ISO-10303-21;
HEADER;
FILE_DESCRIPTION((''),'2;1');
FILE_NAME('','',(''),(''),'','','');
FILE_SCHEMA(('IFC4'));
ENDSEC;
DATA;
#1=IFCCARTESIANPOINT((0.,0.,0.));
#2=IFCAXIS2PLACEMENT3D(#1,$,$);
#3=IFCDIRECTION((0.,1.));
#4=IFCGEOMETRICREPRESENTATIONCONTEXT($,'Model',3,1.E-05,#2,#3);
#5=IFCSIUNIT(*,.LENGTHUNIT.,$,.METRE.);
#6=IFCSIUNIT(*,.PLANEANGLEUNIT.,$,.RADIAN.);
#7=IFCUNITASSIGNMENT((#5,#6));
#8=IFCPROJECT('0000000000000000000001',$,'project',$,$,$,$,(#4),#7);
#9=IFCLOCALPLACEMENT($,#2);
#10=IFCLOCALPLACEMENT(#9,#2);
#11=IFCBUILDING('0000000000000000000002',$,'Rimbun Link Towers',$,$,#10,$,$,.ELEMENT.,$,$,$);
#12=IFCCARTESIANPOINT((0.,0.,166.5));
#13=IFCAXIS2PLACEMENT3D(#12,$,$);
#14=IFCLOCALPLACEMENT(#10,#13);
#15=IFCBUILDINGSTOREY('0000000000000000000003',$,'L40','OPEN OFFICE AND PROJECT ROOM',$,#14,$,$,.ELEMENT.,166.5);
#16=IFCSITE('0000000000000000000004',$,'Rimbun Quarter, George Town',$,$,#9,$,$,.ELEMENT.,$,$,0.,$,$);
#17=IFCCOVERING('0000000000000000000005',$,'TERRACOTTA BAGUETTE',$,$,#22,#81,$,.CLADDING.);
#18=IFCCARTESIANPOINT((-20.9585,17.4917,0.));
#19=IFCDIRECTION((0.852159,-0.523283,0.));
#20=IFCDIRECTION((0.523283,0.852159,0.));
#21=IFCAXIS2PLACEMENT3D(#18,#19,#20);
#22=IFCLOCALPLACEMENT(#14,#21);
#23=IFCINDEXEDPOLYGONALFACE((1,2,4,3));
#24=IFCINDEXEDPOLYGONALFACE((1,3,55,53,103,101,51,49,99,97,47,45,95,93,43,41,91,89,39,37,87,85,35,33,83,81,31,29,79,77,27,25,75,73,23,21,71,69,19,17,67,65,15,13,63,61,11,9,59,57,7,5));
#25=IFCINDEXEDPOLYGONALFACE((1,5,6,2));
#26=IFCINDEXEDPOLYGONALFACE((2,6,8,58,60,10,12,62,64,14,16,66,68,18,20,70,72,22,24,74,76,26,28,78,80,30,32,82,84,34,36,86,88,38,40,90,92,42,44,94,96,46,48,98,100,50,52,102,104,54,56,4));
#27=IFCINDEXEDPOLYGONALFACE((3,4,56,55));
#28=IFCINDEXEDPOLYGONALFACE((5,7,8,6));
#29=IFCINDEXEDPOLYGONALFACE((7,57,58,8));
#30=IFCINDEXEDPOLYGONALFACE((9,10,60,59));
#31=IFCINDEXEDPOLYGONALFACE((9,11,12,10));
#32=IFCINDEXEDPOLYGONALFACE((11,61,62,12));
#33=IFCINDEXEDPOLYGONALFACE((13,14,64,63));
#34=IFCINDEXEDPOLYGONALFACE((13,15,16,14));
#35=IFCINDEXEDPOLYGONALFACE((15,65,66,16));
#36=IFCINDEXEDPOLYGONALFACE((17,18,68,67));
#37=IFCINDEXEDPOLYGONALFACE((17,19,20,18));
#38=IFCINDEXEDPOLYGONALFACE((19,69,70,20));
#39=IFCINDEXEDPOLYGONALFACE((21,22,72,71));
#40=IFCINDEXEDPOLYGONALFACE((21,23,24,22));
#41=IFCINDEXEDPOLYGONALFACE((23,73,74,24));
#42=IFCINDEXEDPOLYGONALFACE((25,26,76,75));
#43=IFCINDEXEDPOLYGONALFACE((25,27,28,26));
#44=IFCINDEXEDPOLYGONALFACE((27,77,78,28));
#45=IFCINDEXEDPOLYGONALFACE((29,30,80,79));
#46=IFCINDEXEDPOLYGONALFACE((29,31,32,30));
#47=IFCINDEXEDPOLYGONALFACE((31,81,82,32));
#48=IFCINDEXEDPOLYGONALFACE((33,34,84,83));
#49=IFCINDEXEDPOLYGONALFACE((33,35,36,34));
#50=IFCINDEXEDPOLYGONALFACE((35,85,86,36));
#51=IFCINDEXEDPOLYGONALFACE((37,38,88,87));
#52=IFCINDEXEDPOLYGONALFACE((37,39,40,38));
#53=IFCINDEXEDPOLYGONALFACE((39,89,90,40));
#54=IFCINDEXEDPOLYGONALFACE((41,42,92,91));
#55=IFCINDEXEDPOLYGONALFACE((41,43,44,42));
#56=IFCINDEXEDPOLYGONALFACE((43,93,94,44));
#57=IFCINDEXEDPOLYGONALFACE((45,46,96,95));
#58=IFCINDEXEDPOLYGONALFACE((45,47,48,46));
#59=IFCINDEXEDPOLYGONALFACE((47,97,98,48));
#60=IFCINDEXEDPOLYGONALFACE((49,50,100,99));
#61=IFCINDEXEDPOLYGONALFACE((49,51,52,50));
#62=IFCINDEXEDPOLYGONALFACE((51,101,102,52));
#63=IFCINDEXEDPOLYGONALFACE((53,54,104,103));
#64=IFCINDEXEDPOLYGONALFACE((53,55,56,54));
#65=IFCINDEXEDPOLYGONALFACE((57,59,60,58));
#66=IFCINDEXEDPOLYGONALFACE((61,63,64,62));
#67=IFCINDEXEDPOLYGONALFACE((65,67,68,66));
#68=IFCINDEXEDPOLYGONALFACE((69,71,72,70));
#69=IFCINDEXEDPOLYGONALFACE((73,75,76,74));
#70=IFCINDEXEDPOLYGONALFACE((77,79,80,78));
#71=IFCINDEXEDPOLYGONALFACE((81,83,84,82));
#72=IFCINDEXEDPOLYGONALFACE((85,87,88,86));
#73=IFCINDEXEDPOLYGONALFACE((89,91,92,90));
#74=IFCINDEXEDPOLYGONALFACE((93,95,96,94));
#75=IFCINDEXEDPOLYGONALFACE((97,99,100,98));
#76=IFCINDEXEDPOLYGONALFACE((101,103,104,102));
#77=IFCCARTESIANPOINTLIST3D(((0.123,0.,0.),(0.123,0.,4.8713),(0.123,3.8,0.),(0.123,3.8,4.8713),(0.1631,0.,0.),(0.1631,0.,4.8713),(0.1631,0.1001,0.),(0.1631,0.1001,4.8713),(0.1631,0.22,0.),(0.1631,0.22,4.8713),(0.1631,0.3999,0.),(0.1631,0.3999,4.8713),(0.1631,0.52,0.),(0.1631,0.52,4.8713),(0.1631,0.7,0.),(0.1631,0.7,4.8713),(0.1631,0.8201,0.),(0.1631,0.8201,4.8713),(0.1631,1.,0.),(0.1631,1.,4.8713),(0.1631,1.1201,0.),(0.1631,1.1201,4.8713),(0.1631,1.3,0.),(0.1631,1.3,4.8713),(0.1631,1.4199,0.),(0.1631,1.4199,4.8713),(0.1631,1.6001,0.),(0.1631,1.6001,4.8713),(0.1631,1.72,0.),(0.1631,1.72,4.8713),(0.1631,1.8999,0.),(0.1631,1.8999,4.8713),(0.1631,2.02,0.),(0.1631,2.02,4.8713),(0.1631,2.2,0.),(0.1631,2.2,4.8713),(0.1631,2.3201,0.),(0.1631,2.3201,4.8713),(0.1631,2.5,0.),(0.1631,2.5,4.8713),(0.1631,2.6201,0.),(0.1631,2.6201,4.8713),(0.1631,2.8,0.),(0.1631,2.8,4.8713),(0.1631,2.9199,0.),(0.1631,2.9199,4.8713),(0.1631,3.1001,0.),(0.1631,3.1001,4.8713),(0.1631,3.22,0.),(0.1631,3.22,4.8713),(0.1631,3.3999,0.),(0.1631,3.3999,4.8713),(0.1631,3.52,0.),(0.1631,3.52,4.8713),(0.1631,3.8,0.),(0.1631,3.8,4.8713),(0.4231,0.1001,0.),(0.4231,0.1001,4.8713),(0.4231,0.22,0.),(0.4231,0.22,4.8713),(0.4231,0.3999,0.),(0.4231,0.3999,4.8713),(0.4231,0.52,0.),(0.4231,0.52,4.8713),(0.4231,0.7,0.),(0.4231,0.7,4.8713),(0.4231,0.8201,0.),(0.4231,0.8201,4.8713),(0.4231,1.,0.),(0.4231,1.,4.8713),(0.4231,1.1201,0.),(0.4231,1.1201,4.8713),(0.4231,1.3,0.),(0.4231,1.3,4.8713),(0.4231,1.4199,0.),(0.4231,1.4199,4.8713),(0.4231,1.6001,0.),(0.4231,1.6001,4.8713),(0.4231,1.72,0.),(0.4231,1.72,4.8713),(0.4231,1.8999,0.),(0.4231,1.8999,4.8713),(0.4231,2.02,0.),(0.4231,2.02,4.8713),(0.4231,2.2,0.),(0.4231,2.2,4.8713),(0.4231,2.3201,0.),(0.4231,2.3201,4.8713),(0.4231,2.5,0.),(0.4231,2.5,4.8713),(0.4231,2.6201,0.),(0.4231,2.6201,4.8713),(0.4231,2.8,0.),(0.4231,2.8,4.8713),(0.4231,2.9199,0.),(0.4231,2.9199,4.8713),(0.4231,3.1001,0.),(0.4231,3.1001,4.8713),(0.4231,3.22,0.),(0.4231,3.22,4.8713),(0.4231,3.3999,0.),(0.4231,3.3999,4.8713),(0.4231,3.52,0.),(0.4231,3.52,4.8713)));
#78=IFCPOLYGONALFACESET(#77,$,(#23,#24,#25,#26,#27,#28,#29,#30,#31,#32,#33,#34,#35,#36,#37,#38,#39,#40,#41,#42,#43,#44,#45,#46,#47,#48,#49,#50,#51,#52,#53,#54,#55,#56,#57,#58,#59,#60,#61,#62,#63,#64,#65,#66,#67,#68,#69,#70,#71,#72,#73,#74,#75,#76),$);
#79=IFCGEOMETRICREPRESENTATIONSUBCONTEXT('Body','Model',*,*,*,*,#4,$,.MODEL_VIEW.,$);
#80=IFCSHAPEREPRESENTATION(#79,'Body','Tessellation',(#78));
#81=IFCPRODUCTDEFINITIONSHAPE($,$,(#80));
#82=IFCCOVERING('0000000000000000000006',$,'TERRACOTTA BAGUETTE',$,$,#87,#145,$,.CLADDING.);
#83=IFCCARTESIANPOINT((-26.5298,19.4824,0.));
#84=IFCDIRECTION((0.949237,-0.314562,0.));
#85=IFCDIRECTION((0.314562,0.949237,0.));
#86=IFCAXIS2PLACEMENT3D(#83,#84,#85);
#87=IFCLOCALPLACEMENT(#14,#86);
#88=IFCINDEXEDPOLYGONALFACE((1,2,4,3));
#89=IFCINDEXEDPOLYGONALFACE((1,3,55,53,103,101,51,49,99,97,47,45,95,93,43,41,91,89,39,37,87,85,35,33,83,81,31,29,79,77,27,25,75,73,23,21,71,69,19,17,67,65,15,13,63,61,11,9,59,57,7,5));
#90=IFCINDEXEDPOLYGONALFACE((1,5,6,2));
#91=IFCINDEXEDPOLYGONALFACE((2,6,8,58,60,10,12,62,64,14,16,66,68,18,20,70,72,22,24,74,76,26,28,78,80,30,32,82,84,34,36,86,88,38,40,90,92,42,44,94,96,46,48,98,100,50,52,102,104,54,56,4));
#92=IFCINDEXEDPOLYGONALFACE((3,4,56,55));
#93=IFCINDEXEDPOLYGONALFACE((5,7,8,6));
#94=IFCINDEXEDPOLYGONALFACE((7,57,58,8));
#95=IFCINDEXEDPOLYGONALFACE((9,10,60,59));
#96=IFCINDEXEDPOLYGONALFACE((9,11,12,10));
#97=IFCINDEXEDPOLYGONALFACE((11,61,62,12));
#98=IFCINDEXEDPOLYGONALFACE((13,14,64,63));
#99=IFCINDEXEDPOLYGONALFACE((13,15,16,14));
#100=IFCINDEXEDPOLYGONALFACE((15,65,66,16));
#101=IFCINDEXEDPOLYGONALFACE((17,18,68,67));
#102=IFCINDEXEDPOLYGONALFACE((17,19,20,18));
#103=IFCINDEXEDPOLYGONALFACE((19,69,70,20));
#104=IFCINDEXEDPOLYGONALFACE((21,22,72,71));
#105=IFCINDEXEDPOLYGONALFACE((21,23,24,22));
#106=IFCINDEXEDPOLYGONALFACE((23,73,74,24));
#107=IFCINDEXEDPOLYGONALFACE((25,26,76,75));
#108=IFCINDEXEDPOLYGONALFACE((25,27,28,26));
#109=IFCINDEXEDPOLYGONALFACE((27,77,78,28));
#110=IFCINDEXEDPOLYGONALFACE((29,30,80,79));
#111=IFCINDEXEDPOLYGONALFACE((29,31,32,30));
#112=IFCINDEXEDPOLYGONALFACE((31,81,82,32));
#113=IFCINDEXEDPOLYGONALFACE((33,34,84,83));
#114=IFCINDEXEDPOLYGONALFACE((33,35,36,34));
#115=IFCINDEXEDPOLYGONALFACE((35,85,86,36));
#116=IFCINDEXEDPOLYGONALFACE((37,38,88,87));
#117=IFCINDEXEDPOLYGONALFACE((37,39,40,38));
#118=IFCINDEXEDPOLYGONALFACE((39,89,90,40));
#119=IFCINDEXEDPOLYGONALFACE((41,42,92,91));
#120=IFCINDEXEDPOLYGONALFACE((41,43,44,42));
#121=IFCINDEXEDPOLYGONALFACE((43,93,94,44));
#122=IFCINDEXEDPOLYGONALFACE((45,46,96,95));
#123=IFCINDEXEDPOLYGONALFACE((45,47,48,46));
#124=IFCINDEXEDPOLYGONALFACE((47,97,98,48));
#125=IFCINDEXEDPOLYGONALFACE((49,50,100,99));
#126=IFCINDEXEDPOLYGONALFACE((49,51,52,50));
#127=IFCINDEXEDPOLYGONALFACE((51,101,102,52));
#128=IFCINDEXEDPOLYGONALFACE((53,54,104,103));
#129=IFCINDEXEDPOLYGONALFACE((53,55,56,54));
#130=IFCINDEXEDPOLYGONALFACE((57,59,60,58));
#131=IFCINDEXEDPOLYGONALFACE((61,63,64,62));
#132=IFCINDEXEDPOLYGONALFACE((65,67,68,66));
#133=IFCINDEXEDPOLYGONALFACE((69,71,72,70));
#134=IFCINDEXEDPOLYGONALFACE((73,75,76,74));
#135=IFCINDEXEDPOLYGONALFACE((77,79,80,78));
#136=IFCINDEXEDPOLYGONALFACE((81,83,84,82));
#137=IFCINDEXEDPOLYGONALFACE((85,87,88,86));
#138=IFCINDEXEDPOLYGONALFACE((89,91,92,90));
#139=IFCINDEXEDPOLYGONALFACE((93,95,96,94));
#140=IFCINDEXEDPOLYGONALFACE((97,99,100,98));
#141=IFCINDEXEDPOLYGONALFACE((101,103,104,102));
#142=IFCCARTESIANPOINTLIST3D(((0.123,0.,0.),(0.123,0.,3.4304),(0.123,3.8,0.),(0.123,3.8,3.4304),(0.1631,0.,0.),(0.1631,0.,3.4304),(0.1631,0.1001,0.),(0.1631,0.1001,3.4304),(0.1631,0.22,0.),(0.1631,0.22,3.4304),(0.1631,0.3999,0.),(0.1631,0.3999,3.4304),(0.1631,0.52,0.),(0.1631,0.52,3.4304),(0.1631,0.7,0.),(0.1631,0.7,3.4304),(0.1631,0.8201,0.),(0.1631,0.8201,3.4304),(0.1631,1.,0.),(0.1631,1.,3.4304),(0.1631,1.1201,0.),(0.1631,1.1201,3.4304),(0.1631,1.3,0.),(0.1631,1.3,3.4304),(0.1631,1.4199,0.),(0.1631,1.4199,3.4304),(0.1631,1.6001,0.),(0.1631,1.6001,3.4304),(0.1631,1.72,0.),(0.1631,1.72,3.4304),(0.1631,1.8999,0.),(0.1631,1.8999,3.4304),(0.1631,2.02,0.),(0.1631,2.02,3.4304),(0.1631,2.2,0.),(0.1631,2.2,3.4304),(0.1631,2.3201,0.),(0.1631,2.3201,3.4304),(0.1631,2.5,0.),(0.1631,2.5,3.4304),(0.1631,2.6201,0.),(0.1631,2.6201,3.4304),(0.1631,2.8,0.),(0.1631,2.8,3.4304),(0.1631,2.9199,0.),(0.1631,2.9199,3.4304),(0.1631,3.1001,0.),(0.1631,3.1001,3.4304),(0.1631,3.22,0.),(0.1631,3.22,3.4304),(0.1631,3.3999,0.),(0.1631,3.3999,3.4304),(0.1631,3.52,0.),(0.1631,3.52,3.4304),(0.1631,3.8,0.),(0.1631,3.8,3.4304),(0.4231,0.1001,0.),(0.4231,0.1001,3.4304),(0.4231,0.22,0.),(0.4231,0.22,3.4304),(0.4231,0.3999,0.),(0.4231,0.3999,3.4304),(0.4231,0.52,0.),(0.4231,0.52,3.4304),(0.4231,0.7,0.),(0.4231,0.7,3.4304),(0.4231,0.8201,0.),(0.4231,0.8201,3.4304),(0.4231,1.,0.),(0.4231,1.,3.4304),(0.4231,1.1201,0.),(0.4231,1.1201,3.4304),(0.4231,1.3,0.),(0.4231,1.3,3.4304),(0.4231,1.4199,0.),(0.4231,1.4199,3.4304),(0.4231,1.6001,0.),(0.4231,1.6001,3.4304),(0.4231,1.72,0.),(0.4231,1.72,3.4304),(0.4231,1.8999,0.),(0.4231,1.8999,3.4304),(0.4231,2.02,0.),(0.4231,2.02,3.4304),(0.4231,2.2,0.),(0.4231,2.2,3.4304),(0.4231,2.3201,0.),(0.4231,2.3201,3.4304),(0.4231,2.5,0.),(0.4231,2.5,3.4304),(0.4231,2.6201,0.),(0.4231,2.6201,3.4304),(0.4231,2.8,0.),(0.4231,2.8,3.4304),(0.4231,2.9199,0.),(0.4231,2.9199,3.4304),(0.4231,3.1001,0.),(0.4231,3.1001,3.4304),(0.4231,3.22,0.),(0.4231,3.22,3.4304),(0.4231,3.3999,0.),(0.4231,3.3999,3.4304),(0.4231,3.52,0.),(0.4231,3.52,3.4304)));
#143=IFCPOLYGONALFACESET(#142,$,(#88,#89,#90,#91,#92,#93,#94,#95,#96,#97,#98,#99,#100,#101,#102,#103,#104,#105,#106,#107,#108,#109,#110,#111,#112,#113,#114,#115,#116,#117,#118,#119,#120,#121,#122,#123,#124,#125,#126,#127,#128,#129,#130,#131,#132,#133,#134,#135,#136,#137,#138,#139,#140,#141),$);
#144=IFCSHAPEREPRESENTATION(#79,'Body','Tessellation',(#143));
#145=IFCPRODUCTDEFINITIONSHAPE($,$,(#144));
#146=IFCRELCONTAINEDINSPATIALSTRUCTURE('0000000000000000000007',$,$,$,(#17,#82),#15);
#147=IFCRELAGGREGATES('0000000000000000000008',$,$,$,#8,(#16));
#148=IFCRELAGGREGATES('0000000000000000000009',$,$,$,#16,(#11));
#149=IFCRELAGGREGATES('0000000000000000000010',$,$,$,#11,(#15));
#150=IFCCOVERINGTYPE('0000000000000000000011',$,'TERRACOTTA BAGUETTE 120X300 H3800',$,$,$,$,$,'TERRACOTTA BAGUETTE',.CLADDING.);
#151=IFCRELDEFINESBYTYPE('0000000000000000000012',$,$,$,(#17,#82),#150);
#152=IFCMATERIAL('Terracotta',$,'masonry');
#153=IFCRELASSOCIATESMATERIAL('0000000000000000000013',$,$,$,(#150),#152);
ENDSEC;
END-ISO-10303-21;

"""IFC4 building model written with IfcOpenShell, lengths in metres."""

from ifc_helpers import new_model, si_unit, direction, frame, origin, place, context, subcontext, project, spatial, polyline, outline, extrude, material, material_profile, profile_set, type_object, element, save


model = new_model("IFC4")

# Units and contexts
model_context = context("Model", 3, precision=1e-05, world=origin(), true_north=direction((0.0, 1.0)))
body_context = subcontext(model_context, "Body", "Model", "MODEL_VIEW")
ifc_project = project(units=[si_unit("LENGTHUNIT", "METRE"), si_unit("PLANEANGLEUNIT", "RADIAN")], contexts=[model_context])

# Site, building, storey
site_placement = place(None, origin())
site = spatial("IfcSite", under=ifc_project, at=site_placement, Name="Rimbun Quarter, George Town", CompositionType="ELEMENT", RefElevation=0.0)
building_placement = place(site_placement, origin())
building = spatial("IfcBuilding", under=site, at=building_placement, Name="Rimbun Link Towers", CompositionType="ELEMENT")
storey_placement = place(building_placement, frame((0.0, 0.0, 166.5)))
storey = spatial("IfcBuildingStorey", under=building, at=storey_placement, Name="L40", Description="OPEN OFFICE AND PROJECT ROOM", CompositionType="ELEMENT", Elevation=166.5)

# Coverings
ifc_material_1 = material(Name="Terracotta", Category="masonry")
ifc_material_profile_1 = material_profile(ifc_material_1, outline(polyline([(0.123, 0.0), (0.1631, 0.0), (0.1631, 0.1001), (0.4231, 0.1001), (0.4231, 0.22), (0.1631, 0.22), (0.1631, 0.3999), (0.4231, 0.3999), (0.4231, 0.52), (0.1631, 0.52), (0.1631, 0.7), (0.4231, 0.7), (0.4231, 0.8201), (0.1631, 0.8201), (0.1631, 1.0), (0.4231, 1.0), (0.4231, 1.1201), (0.1631, 1.1201), (0.1631, 1.3), (0.4231, 1.3), (0.4231, 1.4199), (0.1631, 1.4199), (0.1631, 1.6001), (0.4231, 1.6001), (0.4231, 1.72), (0.1631, 1.72), (0.1631, 1.8999), (0.4231, 1.8999), (0.4231, 2.02), (0.1631, 2.02), (0.1631, 2.2), (0.4231, 2.2), (0.4231, 2.3201), (0.1631, 2.3201), (0.1631, 2.5), (0.4231, 2.5), (0.4231, 2.6201), (0.1631, 2.6201), (0.1631, 2.8), (0.4231, 2.8), (0.4231, 2.9199), (0.1631, 2.9199), (0.1631, 3.1001), (0.4231, 3.1001), (0.4231, 3.22), (0.1631, 3.22), (0.1631, 3.3999), (0.4231, 3.3999), (0.4231, 3.52), (0.1631, 3.52), (0.1631, 3.8), (0.123, 3.8), (0.123, 0.0)])), Name="BAGUETTE 120X300")
ifc_profile_set_1 = profile_set([ifc_material_profile_1], Name="Terracotta")
covering_type = type_object("IfcCoveringType", Name="TERRACOTTA BAGUETTE 120X300 H3800", ElementType="TERRACOTTA BAGUETTE", PredefinedType="CLADDING", material=ifc_profile_set_1)
covering_1_placement = place(storey_placement, frame((-20.9585, 17.4917, 0.0), z_axis=(0.852159, -0.523283, 0.0), x_axis=(0.523283, 0.852159, 0.0)))
element("IfcCovering", 1, at=covering_1_placement, inside=storey, type_object=covering_type, Name="TERRACOTTA BAGUETTE", PredefinedType="CLADDING", context=body_context, shape_type="SweptSolid", body=[
    extrude(outline(polyline([(0.123, 0.0), (0.1631, 0.0), (0.1631, 0.1001), (0.4231, 0.1001), (0.4231, 0.22), (0.1631, 0.22), (0.1631, 0.3999), (0.4231, 0.3999), (0.4231, 0.52), (0.1631, 0.52), (0.1631, 0.7), (0.4231, 0.7), (0.4231, 0.8201), (0.1631, 0.8201), (0.1631, 1.0), (0.4231, 1.0), (0.4231, 1.1201), (0.1631, 1.1201), (0.1631, 1.3), (0.4231, 1.3), (0.4231, 1.4199), (0.1631, 1.4199), (0.1631, 1.6001), (0.4231, 1.6001), (0.4231, 1.72), (0.1631, 1.72), (0.1631, 1.8999), (0.4231, 1.8999), (0.4231, 2.02), (0.1631, 2.02), (0.1631, 2.2), (0.4231, 2.2), (0.4231, 2.3201), (0.1631, 2.3201), (0.1631, 2.5), (0.4231, 2.5), (0.4231, 2.6201), (0.1631, 2.6201), (0.1631, 2.8), (0.4231, 2.8), (0.4231, 2.9199), (0.1631, 2.9199), (0.1631, 3.1001), (0.4231, 3.1001), (0.4231, 3.22), (0.1631, 3.22), (0.1631, 3.3999), (0.4231, 3.3999), (0.4231, 3.52), (0.1631, 3.52), (0.1631, 3.8), (0.123, 3.8), (0.123, 0.0)])), origin(), (0.0, 0.0, 1.0), 4.8713),
])
covering_2_placement = place(storey_placement, frame((-26.5298, 19.4824, 0.0), z_axis=(0.949237, -0.314562, 0.0), x_axis=(0.314562, 0.949237, 0.0)))
element("IfcCovering", 2, at=covering_2_placement, inside=storey, type_object=covering_type, Name="TERRACOTTA BAGUETTE", PredefinedType="CLADDING", context=body_context, shape_type="SweptSolid", body=[
    extrude(outline(polyline([(0.123, 0.0), (0.1631, 0.0), (0.1631, 0.1001), (0.4231, 0.1001), (0.4231, 0.22), (0.1631, 0.22), (0.1631, 0.3999), (0.4231, 0.3999), (0.4231, 0.52), (0.1631, 0.52), (0.1631, 0.7), (0.4231, 0.7), (0.4231, 0.8201), (0.1631, 0.8201), (0.1631, 1.0), (0.4231, 1.0), (0.4231, 1.1201), (0.1631, 1.1201), (0.1631, 1.3), (0.4231, 1.3), (0.4231, 1.4199), (0.1631, 1.4199), (0.1631, 1.6001), (0.4231, 1.6001), (0.4231, 1.72), (0.1631, 1.72), (0.1631, 1.8999), (0.4231, 1.8999), (0.4231, 2.02), (0.1631, 2.02), (0.1631, 2.2), (0.4231, 2.2), (0.4231, 2.3201), (0.1631, 2.3201), (0.1631, 2.5), (0.4231, 2.5), (0.4231, 2.6201), (0.1631, 2.6201), (0.1631, 2.8), (0.4231, 2.8), (0.4231, 2.9199), (0.1631, 2.9199), (0.1631, 3.1001), (0.4231, 3.1001), (0.4231, 3.22), (0.1631, 3.22), (0.1631, 3.3999), (0.4231, 3.3999), (0.4231, 3.52), (0.1631, 3.52), (0.1631, 3.8), (0.123, 3.8), (0.123, 0.0)])), origin(), (0.0, 0.0, 1.0), 3.4304),
])

save(model, "model.ifc")
